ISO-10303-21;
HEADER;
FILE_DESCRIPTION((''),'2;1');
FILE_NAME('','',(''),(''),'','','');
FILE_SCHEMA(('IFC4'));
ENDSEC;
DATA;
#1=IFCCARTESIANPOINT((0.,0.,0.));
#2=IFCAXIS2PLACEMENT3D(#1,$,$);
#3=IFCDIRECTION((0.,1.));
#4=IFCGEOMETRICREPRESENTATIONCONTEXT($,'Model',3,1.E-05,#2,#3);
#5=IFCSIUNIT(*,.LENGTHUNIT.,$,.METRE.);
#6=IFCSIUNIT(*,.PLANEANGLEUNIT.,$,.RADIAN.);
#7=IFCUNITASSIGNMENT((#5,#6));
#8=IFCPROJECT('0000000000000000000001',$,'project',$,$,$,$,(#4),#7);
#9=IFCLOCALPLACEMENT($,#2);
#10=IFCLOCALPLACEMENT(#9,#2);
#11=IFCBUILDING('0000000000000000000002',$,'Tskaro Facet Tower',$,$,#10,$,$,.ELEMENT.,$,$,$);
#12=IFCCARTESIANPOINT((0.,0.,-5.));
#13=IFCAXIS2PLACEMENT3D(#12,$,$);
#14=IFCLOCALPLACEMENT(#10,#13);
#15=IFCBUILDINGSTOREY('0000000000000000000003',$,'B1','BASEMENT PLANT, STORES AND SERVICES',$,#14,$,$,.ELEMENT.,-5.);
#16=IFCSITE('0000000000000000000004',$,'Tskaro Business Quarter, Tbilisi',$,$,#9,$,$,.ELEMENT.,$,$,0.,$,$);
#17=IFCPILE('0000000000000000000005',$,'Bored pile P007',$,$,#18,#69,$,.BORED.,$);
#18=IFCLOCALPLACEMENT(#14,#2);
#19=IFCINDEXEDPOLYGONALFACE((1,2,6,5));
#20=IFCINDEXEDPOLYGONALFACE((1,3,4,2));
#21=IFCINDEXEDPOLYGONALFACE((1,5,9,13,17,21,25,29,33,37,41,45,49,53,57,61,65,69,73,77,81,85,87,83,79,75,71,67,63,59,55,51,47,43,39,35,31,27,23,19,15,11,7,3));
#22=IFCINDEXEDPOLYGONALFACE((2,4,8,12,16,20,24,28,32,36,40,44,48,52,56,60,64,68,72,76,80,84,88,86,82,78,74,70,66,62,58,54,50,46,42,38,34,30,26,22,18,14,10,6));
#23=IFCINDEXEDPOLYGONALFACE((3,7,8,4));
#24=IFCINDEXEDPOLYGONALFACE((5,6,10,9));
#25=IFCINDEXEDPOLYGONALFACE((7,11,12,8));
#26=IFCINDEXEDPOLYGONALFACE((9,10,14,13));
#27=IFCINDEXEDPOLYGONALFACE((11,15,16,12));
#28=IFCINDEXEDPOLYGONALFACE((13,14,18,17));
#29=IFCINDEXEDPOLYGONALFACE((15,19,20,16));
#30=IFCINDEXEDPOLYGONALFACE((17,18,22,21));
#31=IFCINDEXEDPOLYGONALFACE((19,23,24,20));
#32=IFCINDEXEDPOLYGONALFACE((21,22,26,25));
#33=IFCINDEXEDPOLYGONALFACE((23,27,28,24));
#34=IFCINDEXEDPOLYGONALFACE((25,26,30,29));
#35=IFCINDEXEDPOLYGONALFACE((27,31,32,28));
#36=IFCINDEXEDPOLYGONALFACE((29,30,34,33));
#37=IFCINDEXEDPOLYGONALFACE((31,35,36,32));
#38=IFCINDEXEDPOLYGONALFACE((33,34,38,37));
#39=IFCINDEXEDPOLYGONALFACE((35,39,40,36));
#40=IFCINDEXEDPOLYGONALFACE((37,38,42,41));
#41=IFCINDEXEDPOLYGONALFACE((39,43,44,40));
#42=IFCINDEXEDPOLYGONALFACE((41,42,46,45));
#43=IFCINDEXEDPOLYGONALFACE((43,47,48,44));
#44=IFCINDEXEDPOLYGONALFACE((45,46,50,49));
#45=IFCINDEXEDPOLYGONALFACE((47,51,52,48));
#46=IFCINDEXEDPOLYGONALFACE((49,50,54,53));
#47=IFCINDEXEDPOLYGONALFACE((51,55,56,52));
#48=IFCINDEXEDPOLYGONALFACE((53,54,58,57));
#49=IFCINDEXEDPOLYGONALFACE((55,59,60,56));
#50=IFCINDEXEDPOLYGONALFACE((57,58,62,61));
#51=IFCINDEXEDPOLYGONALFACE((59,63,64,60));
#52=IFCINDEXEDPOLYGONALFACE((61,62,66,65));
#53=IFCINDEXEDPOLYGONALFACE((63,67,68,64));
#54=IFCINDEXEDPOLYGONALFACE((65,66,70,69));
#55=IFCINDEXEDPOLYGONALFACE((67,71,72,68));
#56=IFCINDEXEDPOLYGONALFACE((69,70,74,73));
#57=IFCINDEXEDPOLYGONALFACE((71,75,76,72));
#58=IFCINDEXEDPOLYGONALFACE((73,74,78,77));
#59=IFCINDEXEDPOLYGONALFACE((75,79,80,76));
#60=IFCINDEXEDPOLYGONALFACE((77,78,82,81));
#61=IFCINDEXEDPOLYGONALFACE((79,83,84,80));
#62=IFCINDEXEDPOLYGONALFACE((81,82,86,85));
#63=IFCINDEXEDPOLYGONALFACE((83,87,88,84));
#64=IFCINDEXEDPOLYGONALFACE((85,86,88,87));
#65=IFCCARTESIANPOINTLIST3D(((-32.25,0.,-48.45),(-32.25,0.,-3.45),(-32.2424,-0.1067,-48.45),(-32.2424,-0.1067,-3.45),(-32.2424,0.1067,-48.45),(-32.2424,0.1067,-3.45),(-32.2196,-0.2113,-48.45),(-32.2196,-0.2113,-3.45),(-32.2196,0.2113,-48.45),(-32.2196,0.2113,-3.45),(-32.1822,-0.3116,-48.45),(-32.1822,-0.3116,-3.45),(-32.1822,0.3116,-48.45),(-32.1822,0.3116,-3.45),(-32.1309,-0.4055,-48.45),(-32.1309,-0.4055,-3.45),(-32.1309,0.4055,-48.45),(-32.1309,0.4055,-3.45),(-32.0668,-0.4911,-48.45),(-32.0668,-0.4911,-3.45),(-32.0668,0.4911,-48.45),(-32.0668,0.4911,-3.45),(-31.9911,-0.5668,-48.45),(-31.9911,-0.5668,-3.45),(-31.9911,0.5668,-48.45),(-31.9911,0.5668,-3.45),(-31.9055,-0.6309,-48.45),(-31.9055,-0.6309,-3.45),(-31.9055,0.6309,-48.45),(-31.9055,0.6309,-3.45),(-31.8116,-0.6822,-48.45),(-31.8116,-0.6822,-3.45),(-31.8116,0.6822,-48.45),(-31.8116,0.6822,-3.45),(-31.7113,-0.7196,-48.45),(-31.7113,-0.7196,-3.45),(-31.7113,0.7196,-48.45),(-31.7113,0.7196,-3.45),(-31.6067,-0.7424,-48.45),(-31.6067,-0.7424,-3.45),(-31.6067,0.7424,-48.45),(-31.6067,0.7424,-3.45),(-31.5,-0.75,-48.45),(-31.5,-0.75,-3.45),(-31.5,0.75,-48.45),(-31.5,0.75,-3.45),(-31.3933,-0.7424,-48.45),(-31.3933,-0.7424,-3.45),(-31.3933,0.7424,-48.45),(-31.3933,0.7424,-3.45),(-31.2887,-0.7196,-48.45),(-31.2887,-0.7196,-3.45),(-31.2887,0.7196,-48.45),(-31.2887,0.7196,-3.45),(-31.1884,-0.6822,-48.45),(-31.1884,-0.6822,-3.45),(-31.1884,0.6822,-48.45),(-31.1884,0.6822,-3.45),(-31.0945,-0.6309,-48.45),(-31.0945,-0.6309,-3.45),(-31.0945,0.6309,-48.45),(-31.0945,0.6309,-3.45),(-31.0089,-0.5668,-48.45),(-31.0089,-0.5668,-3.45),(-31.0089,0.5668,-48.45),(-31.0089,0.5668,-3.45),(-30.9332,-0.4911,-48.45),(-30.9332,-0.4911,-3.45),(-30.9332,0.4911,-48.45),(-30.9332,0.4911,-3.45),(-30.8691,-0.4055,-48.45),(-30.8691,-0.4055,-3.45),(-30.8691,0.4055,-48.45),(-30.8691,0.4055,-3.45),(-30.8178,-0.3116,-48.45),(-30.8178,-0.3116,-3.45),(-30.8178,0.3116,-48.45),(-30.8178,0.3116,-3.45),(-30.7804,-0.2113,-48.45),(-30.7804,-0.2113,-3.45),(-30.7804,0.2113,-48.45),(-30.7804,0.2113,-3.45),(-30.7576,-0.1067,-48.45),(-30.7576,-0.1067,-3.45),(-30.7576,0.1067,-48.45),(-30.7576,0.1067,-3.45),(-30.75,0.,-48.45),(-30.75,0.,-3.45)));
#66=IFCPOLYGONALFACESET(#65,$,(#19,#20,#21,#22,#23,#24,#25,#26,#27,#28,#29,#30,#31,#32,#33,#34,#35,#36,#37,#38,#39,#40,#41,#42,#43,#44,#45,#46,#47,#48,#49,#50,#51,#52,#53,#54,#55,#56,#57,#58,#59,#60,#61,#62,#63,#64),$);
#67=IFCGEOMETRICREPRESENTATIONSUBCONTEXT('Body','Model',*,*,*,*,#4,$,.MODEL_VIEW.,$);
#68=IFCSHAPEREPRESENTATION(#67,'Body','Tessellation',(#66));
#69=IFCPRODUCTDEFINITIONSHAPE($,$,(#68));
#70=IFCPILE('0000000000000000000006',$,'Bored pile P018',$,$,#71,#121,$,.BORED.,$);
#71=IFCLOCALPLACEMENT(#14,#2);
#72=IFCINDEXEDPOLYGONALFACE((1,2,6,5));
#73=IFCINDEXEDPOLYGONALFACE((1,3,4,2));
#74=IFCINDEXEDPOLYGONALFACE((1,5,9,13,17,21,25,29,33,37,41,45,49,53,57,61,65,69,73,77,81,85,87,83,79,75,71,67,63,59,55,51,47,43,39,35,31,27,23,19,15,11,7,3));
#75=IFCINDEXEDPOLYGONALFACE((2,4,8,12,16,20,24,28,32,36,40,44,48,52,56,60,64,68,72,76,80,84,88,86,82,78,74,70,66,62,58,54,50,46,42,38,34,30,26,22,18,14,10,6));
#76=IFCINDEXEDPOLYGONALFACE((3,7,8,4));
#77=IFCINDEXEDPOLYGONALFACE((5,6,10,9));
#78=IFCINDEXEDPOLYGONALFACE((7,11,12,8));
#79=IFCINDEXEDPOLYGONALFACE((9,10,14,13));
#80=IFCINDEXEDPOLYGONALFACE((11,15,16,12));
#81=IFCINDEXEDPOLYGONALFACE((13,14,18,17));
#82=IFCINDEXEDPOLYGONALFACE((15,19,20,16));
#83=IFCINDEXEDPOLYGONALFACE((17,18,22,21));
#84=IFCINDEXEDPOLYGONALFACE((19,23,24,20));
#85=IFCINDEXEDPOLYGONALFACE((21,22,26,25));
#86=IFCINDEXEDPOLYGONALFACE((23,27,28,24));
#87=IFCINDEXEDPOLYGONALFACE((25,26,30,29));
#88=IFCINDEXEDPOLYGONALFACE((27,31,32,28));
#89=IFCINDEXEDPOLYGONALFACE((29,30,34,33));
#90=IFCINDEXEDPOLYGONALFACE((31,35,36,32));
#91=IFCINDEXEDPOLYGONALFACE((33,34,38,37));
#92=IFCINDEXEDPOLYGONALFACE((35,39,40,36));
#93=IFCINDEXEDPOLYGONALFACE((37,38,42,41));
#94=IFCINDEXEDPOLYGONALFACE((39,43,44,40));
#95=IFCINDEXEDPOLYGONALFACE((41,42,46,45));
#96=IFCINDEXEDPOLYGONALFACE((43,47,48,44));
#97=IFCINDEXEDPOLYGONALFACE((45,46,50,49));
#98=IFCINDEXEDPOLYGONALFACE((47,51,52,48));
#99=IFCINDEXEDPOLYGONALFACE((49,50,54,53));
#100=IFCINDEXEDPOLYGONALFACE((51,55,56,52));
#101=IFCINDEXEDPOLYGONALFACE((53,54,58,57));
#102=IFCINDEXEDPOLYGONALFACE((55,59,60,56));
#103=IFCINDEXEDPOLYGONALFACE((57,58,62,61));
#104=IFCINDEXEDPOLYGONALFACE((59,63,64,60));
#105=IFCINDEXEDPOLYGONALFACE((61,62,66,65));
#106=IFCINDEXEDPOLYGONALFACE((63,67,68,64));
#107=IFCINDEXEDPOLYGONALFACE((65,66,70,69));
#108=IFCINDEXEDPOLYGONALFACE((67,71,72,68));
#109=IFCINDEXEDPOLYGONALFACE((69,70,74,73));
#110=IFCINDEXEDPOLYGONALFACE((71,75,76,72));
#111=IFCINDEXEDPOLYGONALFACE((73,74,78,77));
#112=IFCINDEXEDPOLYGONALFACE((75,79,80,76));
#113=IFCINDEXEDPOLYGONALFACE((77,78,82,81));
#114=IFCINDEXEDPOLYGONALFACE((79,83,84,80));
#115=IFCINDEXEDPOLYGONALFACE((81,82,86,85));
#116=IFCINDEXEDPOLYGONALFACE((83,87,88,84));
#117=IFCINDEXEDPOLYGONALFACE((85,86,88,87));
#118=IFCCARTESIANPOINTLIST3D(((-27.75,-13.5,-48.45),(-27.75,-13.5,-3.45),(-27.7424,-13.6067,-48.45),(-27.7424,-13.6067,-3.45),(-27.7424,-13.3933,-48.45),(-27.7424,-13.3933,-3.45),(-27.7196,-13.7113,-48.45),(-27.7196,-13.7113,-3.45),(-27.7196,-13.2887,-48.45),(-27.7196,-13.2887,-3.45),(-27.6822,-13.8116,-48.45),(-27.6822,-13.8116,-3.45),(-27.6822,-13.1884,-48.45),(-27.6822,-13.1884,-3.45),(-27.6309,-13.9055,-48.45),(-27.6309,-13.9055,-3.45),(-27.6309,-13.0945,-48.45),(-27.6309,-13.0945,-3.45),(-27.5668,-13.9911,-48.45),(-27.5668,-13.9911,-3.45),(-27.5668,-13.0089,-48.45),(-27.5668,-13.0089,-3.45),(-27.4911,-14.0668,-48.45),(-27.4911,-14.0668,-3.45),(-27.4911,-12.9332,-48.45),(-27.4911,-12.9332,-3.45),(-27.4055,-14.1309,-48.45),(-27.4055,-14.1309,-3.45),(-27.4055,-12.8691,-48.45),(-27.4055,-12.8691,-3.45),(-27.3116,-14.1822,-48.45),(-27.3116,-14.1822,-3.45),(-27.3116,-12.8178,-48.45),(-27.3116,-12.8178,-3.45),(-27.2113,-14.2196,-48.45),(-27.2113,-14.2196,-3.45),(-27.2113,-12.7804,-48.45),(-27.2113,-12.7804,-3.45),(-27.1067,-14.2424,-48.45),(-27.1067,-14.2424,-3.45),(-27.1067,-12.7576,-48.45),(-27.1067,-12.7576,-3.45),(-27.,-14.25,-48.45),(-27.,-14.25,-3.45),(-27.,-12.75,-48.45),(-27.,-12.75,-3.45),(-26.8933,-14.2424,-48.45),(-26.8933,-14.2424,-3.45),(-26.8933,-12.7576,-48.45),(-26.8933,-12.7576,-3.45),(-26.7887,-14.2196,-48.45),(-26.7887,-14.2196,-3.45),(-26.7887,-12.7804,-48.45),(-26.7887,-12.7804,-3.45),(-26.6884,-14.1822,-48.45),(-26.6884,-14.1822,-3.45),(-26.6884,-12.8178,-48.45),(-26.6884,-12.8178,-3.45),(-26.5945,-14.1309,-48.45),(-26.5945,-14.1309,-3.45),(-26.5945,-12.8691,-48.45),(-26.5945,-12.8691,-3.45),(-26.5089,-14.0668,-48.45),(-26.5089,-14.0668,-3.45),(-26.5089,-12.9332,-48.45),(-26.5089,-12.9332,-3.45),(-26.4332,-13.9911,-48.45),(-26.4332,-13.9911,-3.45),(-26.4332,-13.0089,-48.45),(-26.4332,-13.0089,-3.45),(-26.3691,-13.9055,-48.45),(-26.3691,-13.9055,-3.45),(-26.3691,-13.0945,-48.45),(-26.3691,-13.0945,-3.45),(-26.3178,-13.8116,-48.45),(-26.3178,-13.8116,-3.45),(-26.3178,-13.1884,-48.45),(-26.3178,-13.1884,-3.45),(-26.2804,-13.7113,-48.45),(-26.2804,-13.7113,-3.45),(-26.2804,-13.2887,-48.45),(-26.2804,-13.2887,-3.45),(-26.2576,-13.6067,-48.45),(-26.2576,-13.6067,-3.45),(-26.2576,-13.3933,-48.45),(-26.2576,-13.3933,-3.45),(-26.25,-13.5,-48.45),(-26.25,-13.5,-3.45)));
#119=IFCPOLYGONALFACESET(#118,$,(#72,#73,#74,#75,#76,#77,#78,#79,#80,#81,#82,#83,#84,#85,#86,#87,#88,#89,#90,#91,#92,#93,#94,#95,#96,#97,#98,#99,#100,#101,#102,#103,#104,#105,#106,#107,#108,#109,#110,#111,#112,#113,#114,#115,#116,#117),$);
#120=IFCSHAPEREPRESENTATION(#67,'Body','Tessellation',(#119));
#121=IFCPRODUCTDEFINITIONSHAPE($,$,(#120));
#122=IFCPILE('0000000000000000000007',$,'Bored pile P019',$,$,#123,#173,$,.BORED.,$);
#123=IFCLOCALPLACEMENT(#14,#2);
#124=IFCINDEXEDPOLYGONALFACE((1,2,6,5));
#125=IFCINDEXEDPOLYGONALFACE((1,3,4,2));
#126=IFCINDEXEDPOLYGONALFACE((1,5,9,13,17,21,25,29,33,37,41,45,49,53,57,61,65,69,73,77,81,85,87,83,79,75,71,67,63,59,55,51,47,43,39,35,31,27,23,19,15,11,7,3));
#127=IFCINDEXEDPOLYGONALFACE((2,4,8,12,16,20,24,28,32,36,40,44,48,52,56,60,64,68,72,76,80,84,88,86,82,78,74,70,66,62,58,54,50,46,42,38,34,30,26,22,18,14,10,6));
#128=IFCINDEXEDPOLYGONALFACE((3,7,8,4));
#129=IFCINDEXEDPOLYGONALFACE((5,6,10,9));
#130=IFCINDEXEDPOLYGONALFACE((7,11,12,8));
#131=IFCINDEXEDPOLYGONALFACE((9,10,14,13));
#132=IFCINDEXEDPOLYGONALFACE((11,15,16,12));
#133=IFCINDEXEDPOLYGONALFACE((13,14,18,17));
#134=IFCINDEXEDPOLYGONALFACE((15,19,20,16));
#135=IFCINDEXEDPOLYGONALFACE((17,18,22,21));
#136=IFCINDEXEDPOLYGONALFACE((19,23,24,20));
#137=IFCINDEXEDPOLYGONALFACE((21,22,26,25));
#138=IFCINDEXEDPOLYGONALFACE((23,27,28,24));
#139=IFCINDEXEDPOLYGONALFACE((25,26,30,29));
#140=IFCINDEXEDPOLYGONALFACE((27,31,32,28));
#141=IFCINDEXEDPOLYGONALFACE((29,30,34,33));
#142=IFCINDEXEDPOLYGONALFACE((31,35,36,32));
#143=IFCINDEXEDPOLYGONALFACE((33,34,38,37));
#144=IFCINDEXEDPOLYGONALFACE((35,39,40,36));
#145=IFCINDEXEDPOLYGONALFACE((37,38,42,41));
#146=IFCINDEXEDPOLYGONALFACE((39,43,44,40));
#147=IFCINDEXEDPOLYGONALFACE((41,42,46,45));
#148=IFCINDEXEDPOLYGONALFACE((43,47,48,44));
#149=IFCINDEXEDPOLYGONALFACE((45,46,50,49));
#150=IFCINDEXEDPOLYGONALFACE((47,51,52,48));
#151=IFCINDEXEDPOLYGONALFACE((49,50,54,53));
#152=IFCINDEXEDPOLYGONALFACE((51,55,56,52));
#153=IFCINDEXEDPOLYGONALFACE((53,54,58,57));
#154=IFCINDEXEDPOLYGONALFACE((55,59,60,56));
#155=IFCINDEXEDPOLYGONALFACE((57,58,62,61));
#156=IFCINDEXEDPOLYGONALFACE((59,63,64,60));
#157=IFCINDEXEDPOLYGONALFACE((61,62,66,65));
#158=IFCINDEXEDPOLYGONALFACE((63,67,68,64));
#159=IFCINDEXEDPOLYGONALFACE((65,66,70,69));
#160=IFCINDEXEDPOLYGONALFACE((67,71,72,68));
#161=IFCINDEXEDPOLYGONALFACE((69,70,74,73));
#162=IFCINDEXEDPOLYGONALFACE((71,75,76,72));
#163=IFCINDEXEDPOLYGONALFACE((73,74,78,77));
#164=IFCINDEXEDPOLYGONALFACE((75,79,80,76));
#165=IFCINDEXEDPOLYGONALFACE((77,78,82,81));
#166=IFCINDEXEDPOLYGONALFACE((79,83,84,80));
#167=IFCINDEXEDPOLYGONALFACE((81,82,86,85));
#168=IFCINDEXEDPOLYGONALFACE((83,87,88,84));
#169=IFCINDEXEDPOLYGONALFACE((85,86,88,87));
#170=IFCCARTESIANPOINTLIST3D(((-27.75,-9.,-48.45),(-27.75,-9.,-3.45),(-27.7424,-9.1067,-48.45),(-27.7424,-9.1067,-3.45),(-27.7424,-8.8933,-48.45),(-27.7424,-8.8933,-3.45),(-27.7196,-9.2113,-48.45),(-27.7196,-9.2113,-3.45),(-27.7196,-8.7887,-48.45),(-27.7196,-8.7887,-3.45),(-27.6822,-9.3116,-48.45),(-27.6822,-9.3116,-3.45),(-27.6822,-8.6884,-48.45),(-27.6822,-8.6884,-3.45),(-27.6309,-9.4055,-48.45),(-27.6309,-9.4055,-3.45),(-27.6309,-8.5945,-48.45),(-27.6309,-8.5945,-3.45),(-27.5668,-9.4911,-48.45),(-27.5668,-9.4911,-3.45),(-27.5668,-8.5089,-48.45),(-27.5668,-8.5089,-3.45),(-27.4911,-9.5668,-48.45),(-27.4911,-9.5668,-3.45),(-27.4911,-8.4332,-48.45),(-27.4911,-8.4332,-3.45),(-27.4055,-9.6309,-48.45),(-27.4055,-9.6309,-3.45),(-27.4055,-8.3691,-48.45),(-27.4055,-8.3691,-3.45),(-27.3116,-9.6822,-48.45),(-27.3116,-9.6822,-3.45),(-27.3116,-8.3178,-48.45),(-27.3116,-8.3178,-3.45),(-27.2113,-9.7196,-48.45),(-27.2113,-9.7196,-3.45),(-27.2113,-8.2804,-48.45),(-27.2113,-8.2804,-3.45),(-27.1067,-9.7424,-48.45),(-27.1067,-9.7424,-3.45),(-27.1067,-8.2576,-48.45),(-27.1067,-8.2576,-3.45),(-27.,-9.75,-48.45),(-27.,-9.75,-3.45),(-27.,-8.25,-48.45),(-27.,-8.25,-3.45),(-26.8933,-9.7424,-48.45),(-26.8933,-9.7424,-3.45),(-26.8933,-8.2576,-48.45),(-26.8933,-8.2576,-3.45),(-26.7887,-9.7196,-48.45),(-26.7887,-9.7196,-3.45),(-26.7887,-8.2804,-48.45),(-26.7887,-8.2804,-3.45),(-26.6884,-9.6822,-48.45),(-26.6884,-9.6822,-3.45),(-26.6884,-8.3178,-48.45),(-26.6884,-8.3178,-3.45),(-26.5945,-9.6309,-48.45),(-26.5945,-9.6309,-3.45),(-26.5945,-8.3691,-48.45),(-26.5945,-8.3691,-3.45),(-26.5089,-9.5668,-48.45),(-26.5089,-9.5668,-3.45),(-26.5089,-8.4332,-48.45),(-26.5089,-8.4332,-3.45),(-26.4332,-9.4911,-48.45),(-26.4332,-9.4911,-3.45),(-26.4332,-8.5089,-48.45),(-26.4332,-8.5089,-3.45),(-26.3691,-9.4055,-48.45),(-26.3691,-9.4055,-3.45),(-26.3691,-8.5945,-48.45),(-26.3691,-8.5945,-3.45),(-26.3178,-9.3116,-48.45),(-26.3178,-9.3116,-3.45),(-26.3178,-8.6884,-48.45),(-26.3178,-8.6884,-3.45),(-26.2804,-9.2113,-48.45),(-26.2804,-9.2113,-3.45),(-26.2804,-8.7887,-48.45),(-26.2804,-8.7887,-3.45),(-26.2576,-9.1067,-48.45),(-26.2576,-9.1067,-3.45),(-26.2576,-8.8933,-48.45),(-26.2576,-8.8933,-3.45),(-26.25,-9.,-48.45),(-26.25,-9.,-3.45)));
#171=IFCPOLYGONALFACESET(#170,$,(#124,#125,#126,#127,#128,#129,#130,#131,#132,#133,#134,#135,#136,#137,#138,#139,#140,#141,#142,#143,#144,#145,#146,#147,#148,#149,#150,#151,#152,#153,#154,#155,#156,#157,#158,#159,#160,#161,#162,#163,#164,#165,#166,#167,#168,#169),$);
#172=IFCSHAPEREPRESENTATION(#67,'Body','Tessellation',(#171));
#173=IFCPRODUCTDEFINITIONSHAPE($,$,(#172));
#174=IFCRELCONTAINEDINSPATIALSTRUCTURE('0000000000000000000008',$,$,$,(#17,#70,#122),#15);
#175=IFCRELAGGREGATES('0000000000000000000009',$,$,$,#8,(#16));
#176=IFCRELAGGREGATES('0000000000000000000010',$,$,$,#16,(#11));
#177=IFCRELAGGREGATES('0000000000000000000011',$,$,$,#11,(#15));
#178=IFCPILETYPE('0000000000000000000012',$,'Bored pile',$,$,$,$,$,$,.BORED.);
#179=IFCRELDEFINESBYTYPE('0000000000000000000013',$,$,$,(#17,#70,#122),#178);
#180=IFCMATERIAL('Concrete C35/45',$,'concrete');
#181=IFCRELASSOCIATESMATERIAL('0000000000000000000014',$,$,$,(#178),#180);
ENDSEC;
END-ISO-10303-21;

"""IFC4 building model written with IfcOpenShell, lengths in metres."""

from ifc_helpers import new_model, si_unit, direction, frame, origin, origin_2d, place, context, subcontext, project, spatial, circle, extrude, material, material_profile, profile_set, type_object, element, save


model = new_model("IFC4")

# Units and contexts
model_context = context("Model", 3, precision=1e-05, world=origin(), true_north=direction((0.0, 1.0)))
body_context = subcontext(model_context, "Body", "Model", "MODEL_VIEW")
ifc_project = project(units=[si_unit("LENGTHUNIT", "METRE"), si_unit("PLANEANGLEUNIT", "RADIAN")], contexts=[model_context])

# Site, building, storey
site_placement = place(None, origin())
site = spatial("IfcSite", under=ifc_project, at=site_placement, Name="Tskaro Business Quarter, Tbilisi", CompositionType="ELEMENT", RefElevation=0.0)
building_placement = place(site_placement, origin())
building = spatial("IfcBuilding", under=site, at=building_placement, Name="Tskaro Facet Tower", CompositionType="ELEMENT")
storey_placement = place(building_placement, frame((0.0, 0.0, -5.0)))
storey = spatial("IfcBuildingStorey", under=building, at=storey_placement, Name="B1", Description="BASEMENT PLANT, STORES AND SERVICES", CompositionType="ELEMENT", Elevation=-5.0)

# Piles
ifc_material_1 = material(Name="Concrete C35/45", Category="concrete")
ifc_material_profile_1 = material_profile(ifc_material_1, circle(Radius=0.75, at=origin_2d()), Name="Bored pile")
ifc_profile_set_1 = profile_set([ifc_material_profile_1], Name="Concrete C35/45")
pile_type = type_object("IfcPileType", Name="Bored pile", PredefinedType="BORED", material=ifc_profile_set_1)
for number, where, z_axis, x_axis, name in (
    (1, (-31.5, 0.0, -3.45), (0.0, 0.0, -1.0), (1.0, 0.0, 0.0), "Bored pile P007"),
    (2, (-27.0, -13.5, -3.45), (0.0, 0.0, -1.0), (1.0, 0.0, 0.0), "Bored pile P018"),
    (3, (-27.0, -9.0, -3.45), (0.0, 0.0, -1.0), (1.0, 0.0, 0.0), "Bored pile P019"),
):
    element("IfcPile", number, at=place(storey_placement, frame(where, z_axis=z_axis, x_axis=x_axis)), inside=storey, type_object=pile_type, Name=name, PredefinedType="BORED", context=body_context, shape_type="SweptSolid", body=[
        extrude(circle(Radius=0.75, at=origin_2d()), origin(), (0.0, 0.0, 1.0), 45.0),
    ])

save(model, "model.ifc")
